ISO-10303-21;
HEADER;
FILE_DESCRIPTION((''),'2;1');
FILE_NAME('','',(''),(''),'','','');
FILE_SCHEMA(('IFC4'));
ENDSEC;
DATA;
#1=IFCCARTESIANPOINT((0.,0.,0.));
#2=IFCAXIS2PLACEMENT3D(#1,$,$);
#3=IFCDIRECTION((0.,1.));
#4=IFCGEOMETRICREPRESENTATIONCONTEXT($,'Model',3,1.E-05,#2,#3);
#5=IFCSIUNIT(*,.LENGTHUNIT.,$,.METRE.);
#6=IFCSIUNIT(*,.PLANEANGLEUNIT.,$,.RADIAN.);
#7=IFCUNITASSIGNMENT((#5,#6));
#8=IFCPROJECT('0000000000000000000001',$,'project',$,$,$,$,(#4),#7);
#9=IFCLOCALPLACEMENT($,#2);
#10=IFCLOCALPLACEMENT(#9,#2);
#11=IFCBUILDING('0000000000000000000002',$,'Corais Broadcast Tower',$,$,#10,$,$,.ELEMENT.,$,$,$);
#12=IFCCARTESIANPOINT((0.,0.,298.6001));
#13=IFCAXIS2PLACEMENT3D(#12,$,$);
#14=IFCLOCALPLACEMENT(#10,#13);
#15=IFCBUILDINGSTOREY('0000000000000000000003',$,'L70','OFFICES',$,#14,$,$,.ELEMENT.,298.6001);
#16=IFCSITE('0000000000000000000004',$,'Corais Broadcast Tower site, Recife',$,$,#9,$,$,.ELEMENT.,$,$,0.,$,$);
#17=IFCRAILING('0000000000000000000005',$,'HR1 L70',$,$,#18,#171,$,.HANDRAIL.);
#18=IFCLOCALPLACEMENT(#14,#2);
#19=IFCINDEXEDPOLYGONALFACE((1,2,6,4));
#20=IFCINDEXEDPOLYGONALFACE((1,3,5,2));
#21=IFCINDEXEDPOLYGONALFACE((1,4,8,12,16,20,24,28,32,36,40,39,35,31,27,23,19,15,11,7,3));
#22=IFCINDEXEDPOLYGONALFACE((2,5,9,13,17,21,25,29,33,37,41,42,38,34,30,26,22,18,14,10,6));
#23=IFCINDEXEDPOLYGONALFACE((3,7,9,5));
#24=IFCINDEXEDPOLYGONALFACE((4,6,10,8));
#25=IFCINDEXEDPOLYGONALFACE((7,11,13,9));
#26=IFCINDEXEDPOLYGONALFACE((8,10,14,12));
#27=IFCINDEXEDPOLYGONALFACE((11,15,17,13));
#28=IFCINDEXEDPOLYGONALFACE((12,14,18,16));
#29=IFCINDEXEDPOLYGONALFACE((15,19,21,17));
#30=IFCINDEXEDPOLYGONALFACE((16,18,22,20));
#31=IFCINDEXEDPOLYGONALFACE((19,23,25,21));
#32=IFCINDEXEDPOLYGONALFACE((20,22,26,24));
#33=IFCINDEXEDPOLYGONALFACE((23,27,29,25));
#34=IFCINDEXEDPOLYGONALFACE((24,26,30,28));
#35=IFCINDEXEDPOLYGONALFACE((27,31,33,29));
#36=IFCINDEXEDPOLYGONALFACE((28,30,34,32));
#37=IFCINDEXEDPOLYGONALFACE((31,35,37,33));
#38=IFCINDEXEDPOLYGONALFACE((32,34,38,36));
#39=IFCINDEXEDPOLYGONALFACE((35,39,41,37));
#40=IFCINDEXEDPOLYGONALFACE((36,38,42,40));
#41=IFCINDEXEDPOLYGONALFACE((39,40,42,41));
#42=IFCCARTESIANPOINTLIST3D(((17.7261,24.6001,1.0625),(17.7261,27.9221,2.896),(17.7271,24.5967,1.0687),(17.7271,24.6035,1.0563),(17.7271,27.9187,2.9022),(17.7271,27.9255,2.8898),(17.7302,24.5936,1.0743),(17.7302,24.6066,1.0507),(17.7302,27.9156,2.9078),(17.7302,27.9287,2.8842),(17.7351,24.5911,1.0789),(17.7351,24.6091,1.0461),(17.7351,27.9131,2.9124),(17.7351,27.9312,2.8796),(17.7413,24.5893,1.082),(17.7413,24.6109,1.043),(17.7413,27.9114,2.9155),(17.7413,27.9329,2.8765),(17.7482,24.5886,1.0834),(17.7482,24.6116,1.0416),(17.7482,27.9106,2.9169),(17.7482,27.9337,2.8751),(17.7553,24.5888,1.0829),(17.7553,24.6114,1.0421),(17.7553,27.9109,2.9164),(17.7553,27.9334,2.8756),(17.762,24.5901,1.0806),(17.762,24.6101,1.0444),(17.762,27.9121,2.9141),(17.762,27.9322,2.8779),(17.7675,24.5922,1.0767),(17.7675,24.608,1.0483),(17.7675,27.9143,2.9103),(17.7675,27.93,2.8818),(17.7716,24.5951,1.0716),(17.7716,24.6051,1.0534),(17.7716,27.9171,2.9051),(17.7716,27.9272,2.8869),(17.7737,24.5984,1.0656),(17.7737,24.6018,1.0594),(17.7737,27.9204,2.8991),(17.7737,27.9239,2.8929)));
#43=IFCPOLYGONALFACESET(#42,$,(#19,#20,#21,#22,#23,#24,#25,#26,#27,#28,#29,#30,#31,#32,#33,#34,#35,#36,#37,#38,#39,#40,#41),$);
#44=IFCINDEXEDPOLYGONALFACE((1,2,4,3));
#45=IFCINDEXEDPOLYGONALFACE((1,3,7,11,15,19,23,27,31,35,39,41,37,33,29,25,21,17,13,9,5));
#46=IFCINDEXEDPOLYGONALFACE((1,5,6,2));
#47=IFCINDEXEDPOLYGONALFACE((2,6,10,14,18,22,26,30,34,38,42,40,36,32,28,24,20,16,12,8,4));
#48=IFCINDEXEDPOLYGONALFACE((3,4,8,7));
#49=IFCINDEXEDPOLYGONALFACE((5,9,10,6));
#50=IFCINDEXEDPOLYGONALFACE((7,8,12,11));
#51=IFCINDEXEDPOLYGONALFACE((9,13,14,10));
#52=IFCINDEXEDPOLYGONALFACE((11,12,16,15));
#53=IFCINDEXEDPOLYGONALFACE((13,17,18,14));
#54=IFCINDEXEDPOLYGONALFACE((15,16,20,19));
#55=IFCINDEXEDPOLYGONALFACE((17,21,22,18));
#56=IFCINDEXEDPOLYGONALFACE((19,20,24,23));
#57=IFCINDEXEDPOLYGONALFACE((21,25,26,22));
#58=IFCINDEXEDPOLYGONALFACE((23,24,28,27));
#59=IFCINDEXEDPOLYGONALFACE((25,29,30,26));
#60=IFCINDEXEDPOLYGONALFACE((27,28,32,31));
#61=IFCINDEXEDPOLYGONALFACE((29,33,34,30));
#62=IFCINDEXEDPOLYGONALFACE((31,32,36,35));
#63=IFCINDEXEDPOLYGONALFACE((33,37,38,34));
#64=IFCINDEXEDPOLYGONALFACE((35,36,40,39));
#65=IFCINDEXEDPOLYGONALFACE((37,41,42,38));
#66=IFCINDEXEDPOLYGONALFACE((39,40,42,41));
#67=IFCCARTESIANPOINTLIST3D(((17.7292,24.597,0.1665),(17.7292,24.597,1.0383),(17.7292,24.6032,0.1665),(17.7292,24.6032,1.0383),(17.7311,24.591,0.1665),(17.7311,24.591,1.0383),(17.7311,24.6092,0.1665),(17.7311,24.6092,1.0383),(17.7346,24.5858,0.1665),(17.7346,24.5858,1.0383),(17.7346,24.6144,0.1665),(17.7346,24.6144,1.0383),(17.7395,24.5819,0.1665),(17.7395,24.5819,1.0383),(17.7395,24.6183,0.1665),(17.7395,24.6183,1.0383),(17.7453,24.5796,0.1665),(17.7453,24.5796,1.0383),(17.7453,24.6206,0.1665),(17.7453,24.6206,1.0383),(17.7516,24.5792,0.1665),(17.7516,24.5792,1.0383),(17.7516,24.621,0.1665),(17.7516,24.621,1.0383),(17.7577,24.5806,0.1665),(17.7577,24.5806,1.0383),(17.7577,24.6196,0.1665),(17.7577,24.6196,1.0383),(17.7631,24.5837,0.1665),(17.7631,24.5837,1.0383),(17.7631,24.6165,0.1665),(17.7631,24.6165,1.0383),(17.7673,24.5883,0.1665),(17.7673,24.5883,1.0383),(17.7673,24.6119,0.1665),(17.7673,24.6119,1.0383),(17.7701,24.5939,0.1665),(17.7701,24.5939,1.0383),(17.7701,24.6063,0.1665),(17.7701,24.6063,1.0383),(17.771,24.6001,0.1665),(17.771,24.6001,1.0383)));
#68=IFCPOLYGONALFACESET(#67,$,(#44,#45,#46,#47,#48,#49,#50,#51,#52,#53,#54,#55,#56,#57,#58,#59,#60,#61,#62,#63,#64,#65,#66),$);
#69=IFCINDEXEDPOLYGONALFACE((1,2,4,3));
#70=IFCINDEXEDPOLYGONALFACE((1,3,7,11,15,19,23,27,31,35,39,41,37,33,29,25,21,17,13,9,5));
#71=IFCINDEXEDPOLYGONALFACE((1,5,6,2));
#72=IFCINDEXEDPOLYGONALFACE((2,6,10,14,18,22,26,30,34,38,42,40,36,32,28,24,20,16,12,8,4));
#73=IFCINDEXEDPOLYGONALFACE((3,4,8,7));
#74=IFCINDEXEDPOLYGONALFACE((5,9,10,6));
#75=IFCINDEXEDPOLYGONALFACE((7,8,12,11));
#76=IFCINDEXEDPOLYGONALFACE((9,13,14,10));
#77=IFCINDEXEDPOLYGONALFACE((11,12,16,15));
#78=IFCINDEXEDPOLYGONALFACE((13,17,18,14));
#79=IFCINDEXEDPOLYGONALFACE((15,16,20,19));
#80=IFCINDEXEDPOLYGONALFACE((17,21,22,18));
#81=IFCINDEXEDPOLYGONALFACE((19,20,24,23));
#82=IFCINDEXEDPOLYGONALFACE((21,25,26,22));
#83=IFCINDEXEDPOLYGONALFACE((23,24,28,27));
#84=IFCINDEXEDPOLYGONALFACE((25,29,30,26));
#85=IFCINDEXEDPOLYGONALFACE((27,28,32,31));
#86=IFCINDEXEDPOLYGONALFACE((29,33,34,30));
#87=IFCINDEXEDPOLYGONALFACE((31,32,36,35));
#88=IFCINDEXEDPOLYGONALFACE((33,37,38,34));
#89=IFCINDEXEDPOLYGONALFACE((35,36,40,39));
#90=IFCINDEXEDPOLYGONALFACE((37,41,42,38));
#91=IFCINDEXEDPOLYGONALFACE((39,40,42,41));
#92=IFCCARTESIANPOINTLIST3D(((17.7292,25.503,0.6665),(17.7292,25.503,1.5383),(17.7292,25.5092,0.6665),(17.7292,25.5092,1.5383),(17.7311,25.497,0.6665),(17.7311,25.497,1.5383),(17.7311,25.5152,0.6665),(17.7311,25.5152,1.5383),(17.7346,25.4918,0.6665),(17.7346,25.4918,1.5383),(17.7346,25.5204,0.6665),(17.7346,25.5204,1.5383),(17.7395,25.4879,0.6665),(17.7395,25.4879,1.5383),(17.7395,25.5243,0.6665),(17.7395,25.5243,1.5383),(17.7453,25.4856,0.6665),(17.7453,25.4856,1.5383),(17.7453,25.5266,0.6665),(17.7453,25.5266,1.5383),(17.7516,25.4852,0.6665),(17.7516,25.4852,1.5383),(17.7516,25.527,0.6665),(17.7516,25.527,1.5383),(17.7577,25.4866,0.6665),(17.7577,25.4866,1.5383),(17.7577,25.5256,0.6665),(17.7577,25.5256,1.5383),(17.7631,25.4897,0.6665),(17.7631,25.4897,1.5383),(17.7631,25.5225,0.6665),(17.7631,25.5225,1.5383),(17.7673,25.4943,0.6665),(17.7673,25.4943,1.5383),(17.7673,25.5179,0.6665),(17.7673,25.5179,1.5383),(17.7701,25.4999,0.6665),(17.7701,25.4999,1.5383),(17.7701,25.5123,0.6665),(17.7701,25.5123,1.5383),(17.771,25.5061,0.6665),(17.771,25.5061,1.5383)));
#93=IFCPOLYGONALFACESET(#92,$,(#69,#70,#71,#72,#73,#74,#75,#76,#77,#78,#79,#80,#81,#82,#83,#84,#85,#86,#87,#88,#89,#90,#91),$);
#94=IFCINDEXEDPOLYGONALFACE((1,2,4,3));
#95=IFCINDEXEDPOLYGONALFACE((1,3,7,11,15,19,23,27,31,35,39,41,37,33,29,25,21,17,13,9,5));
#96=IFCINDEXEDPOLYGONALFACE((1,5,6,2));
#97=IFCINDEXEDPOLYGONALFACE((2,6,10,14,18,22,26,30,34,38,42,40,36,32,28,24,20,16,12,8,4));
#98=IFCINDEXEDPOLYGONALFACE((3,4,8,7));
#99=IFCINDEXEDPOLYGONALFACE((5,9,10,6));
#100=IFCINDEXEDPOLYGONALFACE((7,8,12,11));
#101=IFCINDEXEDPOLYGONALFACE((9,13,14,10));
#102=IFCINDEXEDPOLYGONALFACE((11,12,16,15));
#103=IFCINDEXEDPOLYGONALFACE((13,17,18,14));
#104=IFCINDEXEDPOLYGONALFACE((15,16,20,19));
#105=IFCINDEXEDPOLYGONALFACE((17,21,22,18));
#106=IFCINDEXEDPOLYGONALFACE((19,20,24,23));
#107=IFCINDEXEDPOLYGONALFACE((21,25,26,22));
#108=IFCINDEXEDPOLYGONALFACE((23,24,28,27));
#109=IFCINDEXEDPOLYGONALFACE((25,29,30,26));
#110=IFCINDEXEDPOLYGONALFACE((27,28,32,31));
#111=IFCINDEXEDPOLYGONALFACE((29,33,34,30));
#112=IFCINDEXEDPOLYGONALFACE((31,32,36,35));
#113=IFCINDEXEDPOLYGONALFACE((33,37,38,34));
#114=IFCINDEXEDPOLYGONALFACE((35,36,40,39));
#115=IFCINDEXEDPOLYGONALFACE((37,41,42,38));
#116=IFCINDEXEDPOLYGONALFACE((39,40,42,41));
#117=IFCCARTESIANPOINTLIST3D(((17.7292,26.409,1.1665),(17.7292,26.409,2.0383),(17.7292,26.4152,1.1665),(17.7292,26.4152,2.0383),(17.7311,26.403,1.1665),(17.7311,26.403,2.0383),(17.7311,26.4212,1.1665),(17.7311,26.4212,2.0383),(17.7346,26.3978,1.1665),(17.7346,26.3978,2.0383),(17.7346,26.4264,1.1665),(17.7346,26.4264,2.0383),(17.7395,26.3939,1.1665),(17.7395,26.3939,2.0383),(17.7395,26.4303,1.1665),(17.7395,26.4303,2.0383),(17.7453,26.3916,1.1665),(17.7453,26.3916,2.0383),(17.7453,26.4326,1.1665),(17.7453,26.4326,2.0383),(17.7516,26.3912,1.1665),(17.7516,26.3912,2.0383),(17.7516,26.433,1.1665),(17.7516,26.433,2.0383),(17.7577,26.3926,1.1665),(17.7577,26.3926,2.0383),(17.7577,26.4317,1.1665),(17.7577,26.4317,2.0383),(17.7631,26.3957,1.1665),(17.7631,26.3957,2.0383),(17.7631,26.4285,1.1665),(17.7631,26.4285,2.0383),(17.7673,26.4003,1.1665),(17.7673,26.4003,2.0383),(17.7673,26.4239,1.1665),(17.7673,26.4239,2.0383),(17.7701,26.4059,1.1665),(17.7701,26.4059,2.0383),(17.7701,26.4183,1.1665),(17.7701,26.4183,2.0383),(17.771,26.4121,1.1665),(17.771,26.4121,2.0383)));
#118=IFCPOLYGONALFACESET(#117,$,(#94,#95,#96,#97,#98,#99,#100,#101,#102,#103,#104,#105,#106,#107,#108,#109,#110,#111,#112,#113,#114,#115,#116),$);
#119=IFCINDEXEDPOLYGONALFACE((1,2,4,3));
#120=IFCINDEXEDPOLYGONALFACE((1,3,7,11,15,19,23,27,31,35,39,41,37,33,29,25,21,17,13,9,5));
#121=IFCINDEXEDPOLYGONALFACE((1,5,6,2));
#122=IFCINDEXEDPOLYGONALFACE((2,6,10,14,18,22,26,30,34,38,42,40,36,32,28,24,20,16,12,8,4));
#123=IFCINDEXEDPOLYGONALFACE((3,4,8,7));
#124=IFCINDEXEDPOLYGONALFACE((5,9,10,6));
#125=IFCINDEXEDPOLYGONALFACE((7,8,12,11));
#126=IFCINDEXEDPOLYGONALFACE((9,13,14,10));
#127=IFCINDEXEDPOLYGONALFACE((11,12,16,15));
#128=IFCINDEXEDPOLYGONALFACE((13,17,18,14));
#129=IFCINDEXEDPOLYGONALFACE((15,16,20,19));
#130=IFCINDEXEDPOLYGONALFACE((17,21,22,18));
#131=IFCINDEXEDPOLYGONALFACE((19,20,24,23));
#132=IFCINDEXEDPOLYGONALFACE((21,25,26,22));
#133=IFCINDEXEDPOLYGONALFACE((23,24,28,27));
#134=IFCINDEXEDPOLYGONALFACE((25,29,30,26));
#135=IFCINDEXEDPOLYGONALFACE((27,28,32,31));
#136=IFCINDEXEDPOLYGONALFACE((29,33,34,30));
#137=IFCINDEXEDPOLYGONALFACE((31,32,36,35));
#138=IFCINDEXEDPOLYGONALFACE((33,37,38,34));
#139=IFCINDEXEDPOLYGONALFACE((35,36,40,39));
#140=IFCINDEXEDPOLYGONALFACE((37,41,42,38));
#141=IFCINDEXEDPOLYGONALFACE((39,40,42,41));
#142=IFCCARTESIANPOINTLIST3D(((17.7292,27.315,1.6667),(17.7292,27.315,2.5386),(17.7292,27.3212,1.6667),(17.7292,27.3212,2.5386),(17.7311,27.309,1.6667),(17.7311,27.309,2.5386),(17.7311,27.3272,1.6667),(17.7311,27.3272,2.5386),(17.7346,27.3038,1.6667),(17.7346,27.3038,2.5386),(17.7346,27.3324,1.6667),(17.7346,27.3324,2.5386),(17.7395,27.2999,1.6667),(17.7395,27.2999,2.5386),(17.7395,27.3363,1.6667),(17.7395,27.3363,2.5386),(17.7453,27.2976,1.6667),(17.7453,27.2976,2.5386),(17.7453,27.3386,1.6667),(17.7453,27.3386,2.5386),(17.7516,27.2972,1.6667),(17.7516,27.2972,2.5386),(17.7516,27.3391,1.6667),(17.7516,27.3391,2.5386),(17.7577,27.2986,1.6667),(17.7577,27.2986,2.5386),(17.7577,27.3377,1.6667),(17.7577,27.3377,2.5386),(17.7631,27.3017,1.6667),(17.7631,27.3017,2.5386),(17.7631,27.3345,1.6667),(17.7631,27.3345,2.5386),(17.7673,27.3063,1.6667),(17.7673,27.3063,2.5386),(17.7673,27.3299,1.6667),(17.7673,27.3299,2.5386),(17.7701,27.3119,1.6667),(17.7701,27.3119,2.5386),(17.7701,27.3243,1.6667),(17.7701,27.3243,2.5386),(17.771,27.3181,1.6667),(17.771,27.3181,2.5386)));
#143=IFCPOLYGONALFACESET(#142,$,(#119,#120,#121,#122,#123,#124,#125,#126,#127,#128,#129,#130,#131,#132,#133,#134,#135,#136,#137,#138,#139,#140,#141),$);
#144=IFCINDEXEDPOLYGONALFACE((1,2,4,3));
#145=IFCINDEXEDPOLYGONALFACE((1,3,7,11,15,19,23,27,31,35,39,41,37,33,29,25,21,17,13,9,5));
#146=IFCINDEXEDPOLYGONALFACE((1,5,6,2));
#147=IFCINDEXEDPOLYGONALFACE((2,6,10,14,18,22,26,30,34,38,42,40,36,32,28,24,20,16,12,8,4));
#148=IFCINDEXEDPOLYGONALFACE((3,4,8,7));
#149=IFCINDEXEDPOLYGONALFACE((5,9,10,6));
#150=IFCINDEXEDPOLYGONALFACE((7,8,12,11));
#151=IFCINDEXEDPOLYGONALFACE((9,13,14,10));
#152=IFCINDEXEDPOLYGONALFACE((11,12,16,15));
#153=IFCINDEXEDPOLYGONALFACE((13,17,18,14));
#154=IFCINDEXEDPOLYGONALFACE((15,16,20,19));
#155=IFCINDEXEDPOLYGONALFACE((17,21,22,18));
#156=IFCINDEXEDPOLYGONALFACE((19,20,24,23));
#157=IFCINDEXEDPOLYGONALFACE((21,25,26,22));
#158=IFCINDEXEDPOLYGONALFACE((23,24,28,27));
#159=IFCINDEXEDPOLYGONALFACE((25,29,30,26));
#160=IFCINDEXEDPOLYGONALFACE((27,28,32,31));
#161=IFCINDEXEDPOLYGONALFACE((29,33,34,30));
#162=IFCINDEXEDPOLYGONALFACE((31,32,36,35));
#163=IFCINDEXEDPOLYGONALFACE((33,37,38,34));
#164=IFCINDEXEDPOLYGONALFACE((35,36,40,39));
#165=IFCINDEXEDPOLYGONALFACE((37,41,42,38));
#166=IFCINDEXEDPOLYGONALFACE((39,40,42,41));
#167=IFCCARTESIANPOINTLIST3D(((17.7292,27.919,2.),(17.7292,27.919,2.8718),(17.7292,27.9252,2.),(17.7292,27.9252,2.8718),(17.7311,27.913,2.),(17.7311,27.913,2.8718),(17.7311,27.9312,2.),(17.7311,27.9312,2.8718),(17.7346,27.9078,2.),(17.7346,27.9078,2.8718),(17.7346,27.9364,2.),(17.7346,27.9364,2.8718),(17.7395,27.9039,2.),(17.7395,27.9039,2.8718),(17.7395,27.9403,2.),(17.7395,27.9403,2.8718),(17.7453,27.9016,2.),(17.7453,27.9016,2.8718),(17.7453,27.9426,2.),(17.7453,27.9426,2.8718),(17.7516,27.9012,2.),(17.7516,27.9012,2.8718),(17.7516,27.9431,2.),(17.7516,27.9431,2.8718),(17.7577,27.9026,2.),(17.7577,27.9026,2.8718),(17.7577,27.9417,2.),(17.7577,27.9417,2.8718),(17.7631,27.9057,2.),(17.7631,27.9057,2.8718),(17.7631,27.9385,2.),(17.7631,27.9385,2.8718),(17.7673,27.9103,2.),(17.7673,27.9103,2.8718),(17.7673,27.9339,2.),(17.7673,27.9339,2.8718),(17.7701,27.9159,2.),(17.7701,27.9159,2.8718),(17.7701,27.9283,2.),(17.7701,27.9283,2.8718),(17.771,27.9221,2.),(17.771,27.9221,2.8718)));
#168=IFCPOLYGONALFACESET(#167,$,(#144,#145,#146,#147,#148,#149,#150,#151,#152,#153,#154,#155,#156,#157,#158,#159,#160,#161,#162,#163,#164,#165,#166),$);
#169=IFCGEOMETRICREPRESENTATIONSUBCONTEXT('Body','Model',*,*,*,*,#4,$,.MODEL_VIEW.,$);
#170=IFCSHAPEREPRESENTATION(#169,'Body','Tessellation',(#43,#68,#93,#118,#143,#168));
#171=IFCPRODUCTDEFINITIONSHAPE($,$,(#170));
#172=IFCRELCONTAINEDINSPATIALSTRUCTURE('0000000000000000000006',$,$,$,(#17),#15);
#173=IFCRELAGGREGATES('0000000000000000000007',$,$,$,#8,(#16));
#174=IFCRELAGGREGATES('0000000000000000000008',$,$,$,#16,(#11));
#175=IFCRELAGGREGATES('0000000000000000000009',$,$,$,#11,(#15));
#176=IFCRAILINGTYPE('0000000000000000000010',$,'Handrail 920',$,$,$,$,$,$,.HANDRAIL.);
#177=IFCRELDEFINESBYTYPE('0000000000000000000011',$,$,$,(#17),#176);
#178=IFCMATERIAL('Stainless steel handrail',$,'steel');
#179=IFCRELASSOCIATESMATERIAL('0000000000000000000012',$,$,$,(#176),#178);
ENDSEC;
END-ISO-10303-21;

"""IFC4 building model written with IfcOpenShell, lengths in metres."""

from ifc_helpers import new_model, si_unit, direction, frame, origin, origin_2d, place, context, subcontext, project, spatial, circle, extrude, material, type_object, element, save


model = new_model("IFC4")

# Units and contexts
model_context = context("Model", 3, precision=1e-05, world=origin(), true_north=direction((0.0, 1.0)))
body_context = subcontext(model_context, "Body", "Model", "MODEL_VIEW")
ifc_project = project(units=[si_unit("LENGTHUNIT", "METRE"), si_unit("PLANEANGLEUNIT", "RADIAN")], contexts=[model_context])

# Site, building, storey
site_placement = place(None, origin())
site = spatial("IfcSite", under=ifc_project, at=site_placement, Name="Corais Broadcast Tower site, Recife", CompositionType="ELEMENT", RefElevation=0.0)
building_placement = place(site_placement, origin())
building = spatial("IfcBuilding", under=site, at=building_placement, Name="Corais Broadcast Tower", CompositionType="ELEMENT")
storey_placement = place(building_placement, frame((0.0, 0.0, 298.6001)))
storey = spatial("IfcBuildingStorey", under=building, at=storey_placement, Name="L70", Description="OFFICES", CompositionType="ELEMENT", Elevation=298.6001)

# Railing
ifc_material_1 = material(Name="Stainless steel handrail", Category="steel")
railing_type = type_object("IfcRailingType", Name="Handrail 920", PredefinedType="HANDRAIL", material=ifc_material_1)
for number, where, name in (
    (1, (17.75, 24.6001, 0.1665), "HR1 L70"),
):
    element("IfcRailing", number, at=place(storey_placement, frame(where)), inside=storey, type_object=railing_type, Name=name, PredefinedType="HANDRAIL", context=body_context, shape_type="SweptSolid", body=[
        extrude(circle(Radius=0.0239, at=origin_2d()), frame((0.0, 0.0, 0.896), z_axis=(0.0, 0.875504, 0.48321), x_axis=(-1.0, 0.0, 0.0)), (0.0, 0.0, 1.0), 3.7944),
        extrude(circle(Radius=0.021, at=origin_2d()), origin(), (0.0, 0.0, 1.0), 0.8718),
        extrude(circle(Radius=0.021, at=origin_2d()), frame((0.0, 0.906, 0.5)), (0.0, 0.0, 1.0), 0.8718),
        extrude(circle(Radius=0.021, at=origin_2d()), frame((0.0, 1.812, 1.0)), (0.0, 0.0, 1.0), 0.8718),
        extrude(circle(Radius=0.021, at=origin_2d()), frame((0.0, 2.718, 1.5002)), (0.0, 0.0, 1.0), 0.8718),
        extrude(circle(Radius=0.021, at=origin_2d()), frame((0.0, 3.322, 1.8335)), (0.0, 0.0, 1.0), 0.8718),
    ])

save(model, "model.ifc")
